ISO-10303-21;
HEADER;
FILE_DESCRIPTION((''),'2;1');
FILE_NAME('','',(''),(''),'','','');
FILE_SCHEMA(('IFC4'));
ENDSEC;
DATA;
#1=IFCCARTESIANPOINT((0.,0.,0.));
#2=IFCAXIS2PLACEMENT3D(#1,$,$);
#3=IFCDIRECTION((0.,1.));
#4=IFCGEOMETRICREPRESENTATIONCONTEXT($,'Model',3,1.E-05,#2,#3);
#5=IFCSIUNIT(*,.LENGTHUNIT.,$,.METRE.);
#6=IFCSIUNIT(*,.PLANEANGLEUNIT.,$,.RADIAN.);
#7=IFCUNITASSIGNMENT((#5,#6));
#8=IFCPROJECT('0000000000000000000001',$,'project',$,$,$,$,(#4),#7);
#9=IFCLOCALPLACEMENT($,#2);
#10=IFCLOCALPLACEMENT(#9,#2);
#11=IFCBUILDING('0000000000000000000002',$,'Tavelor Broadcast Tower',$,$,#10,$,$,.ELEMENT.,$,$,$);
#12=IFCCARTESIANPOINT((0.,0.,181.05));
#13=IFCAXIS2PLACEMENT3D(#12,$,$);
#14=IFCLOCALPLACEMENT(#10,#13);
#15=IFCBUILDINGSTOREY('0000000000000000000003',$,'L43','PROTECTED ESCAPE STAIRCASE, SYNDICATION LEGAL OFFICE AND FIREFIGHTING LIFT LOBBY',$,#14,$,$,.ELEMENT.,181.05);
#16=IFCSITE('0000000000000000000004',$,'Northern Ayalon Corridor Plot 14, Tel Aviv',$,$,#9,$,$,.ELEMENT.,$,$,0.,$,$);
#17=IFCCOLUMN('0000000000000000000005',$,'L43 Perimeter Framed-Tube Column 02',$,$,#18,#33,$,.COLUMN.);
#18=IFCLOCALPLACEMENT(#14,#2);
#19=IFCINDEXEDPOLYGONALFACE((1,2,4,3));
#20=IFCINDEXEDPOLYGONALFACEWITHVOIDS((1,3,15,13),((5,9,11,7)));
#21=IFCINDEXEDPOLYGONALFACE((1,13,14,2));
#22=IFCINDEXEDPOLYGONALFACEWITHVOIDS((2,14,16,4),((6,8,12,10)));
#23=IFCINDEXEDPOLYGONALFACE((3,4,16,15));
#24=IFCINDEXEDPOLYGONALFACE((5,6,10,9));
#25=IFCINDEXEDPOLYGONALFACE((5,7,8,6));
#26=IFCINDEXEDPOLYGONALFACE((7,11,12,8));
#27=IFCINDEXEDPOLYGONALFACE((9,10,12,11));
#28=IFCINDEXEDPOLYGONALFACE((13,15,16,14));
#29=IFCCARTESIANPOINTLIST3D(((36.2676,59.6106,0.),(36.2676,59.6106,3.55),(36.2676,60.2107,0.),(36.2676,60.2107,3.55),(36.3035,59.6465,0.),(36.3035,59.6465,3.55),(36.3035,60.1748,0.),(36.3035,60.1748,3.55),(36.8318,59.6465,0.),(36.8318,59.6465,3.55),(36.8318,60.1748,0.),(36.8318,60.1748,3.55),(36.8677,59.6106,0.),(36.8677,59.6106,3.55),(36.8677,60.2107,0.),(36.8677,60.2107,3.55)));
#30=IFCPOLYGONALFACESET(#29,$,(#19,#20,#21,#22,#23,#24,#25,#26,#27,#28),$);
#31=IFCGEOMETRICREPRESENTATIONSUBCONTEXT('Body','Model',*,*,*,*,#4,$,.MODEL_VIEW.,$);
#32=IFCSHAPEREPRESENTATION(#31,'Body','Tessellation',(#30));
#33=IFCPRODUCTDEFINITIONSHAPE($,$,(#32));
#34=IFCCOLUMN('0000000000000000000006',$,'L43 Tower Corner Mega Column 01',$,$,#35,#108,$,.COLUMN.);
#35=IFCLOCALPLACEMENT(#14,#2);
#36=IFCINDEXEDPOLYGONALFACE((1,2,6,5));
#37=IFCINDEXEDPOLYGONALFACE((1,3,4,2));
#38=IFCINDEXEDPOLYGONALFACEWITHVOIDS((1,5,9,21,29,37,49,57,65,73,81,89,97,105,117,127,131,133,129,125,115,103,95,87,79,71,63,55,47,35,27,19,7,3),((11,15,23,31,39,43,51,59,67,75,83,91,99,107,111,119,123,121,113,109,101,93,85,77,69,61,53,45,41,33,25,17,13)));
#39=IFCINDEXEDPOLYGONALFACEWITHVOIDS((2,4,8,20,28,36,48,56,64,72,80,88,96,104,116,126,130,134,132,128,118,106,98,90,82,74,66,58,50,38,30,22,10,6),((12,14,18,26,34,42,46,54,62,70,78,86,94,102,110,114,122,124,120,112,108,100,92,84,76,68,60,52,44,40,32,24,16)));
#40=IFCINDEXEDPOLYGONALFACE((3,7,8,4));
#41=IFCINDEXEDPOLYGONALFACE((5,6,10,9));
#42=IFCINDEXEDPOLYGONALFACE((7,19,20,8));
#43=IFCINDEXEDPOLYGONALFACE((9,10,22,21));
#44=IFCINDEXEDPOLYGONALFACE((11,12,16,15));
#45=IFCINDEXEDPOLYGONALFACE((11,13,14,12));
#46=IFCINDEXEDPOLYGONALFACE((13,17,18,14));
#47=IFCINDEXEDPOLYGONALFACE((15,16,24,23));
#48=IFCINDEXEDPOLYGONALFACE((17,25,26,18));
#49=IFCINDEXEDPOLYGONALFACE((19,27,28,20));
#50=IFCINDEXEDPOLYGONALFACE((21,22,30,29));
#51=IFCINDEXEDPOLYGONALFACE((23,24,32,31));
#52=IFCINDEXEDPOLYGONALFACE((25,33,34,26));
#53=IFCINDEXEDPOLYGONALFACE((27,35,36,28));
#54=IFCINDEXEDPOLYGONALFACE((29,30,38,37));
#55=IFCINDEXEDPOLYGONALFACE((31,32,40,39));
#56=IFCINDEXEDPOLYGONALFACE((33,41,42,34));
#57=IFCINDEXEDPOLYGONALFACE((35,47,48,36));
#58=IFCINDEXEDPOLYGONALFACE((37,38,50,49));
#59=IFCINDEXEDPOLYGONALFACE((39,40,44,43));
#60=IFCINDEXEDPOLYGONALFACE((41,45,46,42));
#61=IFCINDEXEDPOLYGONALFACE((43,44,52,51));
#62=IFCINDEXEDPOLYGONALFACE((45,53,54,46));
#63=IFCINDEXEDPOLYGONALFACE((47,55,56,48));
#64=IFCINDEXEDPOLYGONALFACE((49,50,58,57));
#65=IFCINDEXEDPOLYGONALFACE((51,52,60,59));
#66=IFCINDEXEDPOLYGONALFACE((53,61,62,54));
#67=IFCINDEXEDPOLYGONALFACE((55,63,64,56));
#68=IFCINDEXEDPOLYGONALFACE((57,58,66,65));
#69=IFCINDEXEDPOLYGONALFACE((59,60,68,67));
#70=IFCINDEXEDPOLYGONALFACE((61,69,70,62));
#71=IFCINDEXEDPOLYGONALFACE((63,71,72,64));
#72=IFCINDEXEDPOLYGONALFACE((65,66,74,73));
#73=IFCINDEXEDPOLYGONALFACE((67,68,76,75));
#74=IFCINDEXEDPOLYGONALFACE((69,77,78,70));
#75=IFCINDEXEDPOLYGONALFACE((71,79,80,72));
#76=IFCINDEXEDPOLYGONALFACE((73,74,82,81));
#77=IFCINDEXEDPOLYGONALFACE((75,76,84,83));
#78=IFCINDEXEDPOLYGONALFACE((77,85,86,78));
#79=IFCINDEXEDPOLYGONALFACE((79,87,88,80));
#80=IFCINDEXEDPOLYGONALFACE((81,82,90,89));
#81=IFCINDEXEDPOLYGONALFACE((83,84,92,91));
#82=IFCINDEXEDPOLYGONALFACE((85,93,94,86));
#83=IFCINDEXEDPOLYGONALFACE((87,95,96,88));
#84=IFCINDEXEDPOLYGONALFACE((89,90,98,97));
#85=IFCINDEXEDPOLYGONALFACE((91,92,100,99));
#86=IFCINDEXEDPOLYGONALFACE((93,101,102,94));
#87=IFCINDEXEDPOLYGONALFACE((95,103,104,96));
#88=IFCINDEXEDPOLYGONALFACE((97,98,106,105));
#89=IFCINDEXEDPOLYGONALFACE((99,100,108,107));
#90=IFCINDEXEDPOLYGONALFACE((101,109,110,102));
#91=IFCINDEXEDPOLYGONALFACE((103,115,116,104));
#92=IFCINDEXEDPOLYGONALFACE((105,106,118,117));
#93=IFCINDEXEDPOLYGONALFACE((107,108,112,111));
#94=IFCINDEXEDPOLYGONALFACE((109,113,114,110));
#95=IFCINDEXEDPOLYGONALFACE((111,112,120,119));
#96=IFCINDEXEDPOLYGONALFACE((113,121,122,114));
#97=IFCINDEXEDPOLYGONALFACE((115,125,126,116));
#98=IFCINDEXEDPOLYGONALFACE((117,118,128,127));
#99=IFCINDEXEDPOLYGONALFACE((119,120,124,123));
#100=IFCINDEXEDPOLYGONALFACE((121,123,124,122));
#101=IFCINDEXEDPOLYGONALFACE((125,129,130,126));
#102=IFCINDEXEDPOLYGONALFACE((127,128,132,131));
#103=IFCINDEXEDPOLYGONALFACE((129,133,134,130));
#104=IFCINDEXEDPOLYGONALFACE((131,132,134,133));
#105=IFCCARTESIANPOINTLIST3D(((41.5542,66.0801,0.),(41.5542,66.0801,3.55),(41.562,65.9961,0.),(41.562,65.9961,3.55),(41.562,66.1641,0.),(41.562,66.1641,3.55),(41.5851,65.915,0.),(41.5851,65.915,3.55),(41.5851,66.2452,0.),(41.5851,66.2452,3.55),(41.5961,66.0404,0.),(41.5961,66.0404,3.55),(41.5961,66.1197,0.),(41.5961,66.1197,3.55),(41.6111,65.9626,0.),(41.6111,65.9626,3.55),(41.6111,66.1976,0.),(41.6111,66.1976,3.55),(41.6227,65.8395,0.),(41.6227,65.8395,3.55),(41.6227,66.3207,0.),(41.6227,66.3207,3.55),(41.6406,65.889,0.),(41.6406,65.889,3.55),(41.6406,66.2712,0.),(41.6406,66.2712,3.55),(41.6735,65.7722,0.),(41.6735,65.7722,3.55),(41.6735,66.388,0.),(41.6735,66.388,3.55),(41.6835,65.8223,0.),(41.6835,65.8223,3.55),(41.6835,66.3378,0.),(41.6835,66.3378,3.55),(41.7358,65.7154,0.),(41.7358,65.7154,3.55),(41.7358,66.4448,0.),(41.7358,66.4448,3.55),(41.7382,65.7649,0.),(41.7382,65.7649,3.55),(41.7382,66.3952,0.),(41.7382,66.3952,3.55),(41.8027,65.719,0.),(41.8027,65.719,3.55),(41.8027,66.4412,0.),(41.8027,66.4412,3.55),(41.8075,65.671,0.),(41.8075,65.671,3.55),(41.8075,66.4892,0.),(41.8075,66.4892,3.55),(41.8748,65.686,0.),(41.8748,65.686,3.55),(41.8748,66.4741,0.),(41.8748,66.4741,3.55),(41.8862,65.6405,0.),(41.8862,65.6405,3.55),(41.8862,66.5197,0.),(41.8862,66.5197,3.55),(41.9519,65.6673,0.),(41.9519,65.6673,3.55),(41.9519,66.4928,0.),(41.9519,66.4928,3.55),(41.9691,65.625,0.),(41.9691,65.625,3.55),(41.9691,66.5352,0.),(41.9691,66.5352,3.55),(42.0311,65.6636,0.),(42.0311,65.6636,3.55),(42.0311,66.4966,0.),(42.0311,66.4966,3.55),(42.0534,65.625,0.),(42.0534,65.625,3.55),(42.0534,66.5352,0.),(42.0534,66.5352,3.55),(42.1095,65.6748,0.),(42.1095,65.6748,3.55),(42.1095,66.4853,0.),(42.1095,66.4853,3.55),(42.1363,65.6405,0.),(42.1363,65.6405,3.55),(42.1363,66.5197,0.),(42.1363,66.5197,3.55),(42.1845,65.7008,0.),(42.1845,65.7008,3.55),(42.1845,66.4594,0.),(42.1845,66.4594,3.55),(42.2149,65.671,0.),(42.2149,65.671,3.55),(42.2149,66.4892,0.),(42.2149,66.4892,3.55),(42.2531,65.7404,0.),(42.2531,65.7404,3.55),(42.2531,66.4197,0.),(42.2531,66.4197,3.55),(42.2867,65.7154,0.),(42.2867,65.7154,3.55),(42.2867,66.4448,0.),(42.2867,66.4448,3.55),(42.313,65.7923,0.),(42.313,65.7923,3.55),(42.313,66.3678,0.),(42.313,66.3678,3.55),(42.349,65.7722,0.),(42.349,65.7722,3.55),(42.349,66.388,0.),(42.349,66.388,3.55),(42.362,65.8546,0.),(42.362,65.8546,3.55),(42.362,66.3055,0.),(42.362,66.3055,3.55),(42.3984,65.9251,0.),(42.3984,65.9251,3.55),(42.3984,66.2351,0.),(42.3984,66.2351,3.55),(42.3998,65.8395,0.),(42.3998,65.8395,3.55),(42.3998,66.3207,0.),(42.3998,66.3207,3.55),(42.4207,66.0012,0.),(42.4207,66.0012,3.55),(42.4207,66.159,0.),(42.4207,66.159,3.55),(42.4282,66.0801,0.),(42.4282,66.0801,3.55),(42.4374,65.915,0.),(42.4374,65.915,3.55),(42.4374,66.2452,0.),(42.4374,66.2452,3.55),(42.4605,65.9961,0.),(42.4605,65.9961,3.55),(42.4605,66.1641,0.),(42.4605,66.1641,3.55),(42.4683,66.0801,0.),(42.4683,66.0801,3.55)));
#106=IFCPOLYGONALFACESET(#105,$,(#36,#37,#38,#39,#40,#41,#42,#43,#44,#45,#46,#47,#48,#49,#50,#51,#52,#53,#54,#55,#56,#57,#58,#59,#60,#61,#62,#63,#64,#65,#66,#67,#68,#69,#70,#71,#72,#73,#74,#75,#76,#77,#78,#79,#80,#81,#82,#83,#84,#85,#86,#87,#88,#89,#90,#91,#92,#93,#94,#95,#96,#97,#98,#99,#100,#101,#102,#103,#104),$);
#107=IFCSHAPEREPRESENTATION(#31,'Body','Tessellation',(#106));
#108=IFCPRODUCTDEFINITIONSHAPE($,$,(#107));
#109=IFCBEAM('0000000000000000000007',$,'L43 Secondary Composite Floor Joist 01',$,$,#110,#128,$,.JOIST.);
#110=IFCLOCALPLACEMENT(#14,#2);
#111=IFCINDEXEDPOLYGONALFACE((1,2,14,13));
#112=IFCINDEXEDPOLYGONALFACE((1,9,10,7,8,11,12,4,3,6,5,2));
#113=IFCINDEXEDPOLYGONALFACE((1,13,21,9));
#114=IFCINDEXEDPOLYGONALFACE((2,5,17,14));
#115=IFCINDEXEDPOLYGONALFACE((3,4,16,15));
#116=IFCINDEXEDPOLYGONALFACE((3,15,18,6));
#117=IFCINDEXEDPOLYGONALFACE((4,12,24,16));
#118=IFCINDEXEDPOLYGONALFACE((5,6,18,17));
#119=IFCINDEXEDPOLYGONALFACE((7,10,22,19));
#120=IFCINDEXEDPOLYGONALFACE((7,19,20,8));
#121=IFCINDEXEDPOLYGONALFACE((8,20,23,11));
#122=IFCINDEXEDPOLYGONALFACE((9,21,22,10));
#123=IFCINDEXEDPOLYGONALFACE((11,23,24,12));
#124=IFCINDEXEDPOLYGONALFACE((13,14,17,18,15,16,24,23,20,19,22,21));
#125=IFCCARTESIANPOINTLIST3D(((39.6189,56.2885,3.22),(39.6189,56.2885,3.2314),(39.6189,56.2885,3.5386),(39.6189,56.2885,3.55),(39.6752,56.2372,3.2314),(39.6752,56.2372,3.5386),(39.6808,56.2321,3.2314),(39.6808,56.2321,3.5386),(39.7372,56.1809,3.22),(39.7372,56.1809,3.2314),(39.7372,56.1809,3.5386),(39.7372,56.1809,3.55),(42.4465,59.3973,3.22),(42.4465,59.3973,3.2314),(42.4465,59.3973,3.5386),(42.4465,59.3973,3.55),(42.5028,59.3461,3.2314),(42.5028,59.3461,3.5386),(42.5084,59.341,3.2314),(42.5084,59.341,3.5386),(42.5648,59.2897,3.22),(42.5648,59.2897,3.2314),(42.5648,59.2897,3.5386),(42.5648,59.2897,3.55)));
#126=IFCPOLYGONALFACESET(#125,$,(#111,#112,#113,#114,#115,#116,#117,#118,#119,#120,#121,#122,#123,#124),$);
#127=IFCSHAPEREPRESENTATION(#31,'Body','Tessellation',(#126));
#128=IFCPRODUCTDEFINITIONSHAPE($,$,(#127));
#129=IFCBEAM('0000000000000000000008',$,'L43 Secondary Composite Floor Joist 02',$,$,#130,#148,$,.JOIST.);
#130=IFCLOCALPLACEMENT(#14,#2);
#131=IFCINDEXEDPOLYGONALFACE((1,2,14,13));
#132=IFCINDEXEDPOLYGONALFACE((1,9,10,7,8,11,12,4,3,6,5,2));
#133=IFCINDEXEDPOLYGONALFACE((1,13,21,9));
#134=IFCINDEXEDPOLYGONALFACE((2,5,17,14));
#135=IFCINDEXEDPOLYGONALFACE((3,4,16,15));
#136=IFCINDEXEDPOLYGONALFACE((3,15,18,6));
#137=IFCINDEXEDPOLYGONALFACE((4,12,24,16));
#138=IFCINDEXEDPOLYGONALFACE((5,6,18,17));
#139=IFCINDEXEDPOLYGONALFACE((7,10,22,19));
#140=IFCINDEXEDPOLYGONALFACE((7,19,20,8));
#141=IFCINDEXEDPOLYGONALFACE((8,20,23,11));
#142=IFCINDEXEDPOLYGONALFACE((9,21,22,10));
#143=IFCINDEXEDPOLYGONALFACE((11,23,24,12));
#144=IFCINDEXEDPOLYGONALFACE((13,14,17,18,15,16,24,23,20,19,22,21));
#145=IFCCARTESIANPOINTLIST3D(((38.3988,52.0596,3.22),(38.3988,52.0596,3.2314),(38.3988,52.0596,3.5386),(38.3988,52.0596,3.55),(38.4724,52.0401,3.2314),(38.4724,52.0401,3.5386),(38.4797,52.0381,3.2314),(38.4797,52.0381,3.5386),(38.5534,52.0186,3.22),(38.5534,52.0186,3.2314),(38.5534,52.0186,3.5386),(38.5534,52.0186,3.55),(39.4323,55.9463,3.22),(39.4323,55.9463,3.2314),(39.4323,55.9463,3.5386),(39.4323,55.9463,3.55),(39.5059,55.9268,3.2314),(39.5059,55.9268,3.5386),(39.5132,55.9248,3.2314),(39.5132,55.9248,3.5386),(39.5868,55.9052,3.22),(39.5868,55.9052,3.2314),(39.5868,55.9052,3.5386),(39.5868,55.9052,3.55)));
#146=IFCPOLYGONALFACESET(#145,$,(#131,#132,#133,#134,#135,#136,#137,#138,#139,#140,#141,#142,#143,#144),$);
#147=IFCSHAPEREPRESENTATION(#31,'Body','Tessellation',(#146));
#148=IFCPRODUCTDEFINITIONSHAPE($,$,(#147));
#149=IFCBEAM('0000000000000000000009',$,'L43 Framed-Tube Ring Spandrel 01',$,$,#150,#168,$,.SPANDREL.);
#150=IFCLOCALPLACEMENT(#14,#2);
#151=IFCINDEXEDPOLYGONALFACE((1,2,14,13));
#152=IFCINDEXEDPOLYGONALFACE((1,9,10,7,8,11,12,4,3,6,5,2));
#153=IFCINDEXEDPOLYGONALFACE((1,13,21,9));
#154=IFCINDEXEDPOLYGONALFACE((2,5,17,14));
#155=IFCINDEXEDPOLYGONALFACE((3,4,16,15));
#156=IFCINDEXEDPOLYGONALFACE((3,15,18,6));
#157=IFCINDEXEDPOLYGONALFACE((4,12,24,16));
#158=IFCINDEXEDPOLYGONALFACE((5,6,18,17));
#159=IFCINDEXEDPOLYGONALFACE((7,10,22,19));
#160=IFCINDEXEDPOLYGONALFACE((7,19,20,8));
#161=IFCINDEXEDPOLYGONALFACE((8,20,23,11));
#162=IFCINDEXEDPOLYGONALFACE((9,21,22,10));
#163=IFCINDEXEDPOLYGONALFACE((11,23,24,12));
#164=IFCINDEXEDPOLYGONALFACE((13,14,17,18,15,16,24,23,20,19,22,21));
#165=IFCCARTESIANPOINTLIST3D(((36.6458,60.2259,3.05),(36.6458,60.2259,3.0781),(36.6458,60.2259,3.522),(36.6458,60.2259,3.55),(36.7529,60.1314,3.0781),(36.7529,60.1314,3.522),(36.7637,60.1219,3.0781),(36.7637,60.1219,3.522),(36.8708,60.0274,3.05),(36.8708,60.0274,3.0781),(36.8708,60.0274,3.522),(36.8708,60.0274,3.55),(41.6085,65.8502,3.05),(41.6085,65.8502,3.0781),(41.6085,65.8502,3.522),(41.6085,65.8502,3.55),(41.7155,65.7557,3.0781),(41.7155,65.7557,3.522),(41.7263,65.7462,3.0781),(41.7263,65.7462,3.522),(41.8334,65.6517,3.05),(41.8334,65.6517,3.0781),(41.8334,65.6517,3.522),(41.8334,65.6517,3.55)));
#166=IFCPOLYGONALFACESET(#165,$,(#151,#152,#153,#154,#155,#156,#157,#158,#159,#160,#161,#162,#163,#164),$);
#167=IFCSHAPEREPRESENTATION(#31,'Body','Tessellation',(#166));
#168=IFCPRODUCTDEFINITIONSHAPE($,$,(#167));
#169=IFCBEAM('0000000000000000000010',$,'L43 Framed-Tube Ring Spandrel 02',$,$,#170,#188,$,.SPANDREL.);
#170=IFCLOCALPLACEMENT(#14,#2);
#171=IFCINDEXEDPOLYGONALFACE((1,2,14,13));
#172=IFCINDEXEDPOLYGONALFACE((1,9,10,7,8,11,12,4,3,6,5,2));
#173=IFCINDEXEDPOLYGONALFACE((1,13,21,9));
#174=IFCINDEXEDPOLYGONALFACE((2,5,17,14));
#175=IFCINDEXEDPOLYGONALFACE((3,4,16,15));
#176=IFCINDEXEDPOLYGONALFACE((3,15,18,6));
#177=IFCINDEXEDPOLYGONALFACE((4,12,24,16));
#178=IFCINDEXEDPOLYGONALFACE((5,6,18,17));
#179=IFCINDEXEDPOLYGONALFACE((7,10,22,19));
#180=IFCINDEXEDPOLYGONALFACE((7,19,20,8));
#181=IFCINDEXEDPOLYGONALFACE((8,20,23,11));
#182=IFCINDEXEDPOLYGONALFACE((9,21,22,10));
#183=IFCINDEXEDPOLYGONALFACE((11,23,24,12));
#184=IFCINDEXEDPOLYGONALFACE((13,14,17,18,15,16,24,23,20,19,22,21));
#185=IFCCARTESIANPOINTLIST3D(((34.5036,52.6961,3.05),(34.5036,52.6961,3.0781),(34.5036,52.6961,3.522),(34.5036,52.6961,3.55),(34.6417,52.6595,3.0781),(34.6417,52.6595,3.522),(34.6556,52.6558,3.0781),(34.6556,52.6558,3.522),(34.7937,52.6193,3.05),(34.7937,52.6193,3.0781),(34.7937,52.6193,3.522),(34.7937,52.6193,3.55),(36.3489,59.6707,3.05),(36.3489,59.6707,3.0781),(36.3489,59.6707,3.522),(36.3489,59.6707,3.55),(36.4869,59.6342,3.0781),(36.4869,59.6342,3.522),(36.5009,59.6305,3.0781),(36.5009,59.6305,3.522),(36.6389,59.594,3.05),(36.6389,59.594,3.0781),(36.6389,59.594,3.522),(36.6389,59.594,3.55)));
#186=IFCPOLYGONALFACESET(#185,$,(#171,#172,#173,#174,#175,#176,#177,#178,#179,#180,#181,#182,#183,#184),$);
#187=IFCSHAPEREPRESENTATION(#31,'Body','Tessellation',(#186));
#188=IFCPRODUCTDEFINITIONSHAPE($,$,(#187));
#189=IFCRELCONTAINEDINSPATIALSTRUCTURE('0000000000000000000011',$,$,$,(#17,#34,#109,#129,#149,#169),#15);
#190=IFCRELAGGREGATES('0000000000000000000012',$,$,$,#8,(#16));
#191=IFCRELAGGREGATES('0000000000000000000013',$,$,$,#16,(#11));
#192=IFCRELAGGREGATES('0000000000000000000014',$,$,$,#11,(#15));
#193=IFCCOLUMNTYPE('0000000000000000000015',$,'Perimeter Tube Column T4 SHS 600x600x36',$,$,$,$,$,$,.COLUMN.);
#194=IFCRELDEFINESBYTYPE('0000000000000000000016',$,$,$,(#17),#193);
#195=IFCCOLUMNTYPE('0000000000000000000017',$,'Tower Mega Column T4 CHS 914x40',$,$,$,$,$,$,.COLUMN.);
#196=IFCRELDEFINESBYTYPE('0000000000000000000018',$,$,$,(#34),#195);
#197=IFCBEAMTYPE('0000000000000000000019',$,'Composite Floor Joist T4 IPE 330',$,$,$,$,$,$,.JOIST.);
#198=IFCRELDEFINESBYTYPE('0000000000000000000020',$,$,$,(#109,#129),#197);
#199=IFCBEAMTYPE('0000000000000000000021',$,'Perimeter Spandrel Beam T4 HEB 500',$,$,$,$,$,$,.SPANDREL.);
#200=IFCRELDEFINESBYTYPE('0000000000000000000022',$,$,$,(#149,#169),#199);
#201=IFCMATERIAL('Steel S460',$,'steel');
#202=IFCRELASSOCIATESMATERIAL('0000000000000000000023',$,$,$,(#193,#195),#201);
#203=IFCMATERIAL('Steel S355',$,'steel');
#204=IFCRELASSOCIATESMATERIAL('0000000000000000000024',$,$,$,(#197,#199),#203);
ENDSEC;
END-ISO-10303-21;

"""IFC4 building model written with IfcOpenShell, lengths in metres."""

from ifc_helpers import new_model, si_unit, direction, frame, origin, origin_2d, place, context, subcontext, project, spatial, hollow_rectangle, hollow_circle, i_section, extrude, material, material_profile, profile_set, type_object, element, save


model = new_model("IFC4")

# Units and contexts
model_context = context("Model", 3, precision=1e-05, world=origin(), true_north=direction((0.0, 1.0)))
body_context = subcontext(model_context, "Body", "Model", "MODEL_VIEW")
ifc_project = project(units=[si_unit("LENGTHUNIT", "METRE"), si_unit("PLANEANGLEUNIT", "RADIAN")], contexts=[model_context])

# Site, building, storey
site_placement = place(None, origin())
site = spatial("IfcSite", under=ifc_project, at=site_placement, Name="Northern Ayalon Corridor Plot 14, Tel Aviv", CompositionType="ELEMENT", RefElevation=0.0)
building_placement = place(site_placement, origin())
building = spatial("IfcBuilding", under=site, at=building_placement, Name="Tavelor Broadcast Tower", CompositionType="ELEMENT")
storey_placement = place(building_placement, frame((0.0, 0.0, 181.05)))
storey = spatial("IfcBuildingStorey", under=building, at=storey_placement, Name="L43", Description="PROTECTED ESCAPE STAIRCASE, SYNDICATION LEGAL OFFICE AND FIREFIGHTING LIFT LOBBY", CompositionType="ELEMENT", Elevation=181.05)

# Columns
ifc_material_1 = material(Name="Steel S460", Category="steel")
ifc_material_profile_1 = material_profile(ifc_material_1, hollow_rectangle(XDim=0.6001, YDim=0.6001, WallThickness=0.0359, at=origin_2d()), Name="SHS 600x600x36")
ifc_profile_set_1 = profile_set([ifc_material_profile_1], Name="Steel S460")
column_type_1 = type_object("IfcColumnType", Name="Perimeter Tube Column T4 SHS 600x600x36", PredefinedType="COLUMN", material=ifc_profile_set_1)
column_1_placement = place(storey_placement, frame((36.5676, 59.9106, 0.0), z_axis=(0.0, 0.0, 1.0), x_axis=(1.0, 0.0, 0.0)))
element("IfcColumn", 1, at=column_1_placement, inside=storey, type_object=column_type_1, Name="L43 Perimeter Framed-Tube Column 02", PredefinedType="COLUMN", context=body_context, shape_type="SweptSolid", body=[
    extrude(hollow_rectangle(XDim=0.6001, YDim=0.6001, WallThickness=0.0359, at=origin_2d()), origin(), (0.0, 0.0, 1.0), 3.55),
])
ifc_material_profile_2 = material_profile(ifc_material_1, hollow_circle(Radius=0.457, WallThickness=0.04, at=origin_2d()), Name="CHS 914x40")
ifc_profile_set_2 = profile_set([ifc_material_profile_2], Name="Steel S460")
column_type_2 = type_object("IfcColumnType", Name="Tower Mega Column T4 CHS 914x40", PredefinedType="COLUMN", material=ifc_profile_set_2)
column_2_placement = place(storey_placement, frame((42.0112, 66.0801, 0.0), z_axis=(0.0, 0.0, 1.0), x_axis=(1.0, 0.0, 0.0)))
element("IfcColumn", 2, at=column_2_placement, inside=storey, type_object=column_type_2, Name="L43 Tower Corner Mega Column 01", PredefinedType="COLUMN", context=body_context, shape_type="SweptSolid", body=[
    extrude(hollow_circle(Radius=0.457, WallThickness=0.04, at=origin_2d()), origin(), (0.0, 0.0, 1.0), 3.55),
])

# Beams
ifc_material_2 = material(Name="Steel S355", Category="steel")
ifc_material_profile_3 = material_profile(ifc_material_2, i_section(OverallWidth=0.1599, OverallDepth=0.3301, WebThickness=0.0076, FlangeThickness=0.0115, at=origin_2d()), Name="IPE 330")
ifc_profile_set_3 = profile_set([ifc_material_profile_3], Name="Steel S355")
beam_type_1 = type_object("IfcBeamType", Name="Composite Floor Joist T4 IPE 330", PredefinedType="JOIST", material=ifc_profile_set_3)
beam_1_placement = place(storey_placement, frame((42.5056, 59.3435, 3.385), z_axis=(-0.672852, -0.739777, 0.0), x_axis=(0.739777, -0.672852, 0.0)))
element("IfcBeam", 3, at=beam_1_placement, inside=storey, type_object=beam_type_1, Name="L43 Secondary Composite Floor Joist 01", PredefinedType="JOIST", context=body_context, shape_type="SweptSolid", body=[
    extrude(i_section(OverallWidth=0.1599, OverallDepth=0.3301, WebThickness=0.0076, FlangeThickness=0.0115, at=origin_2d()), origin(), (0.0, 0.0, 1.0), 4.2024),
])
beam_2_placement = place(storey_placement, frame((39.5095, 55.9258, 3.385), z_axis=(-0.256964, -0.966421, 0.0), x_axis=(0.966421, -0.256964, 0.0)))
element("IfcBeam", 4, at=beam_2_placement, inside=storey, type_object=beam_type_1, Name="L43 Secondary Composite Floor Joist 02", PredefinedType="JOIST", context=body_context, shape_type="SweptSolid", body=[
    extrude(i_section(OverallWidth=0.1599, OverallDepth=0.3301, WebThickness=0.0076, FlangeThickness=0.0115, at=origin_2d()), origin(), (0.0, 0.0, 1.0), 4.0217),
])
ifc_material_profile_4 = material_profile(ifc_material_2, i_section(OverallWidth=0.3, OverallDepth=0.5, WebThickness=0.0144, FlangeThickness=0.0281, at=origin_2d()), Name="HEB 500")
ifc_profile_set_4 = profile_set([ifc_material_profile_4], Name="Steel S355")
beam_type_2 = type_object("IfcBeamType", Name="Perimeter Spandrel Beam T4 HEB 500", PredefinedType="SPANDREL", material=ifc_profile_set_4)
beam_3_placement = place(storey_placement, frame((41.7209, 65.751, 3.3), z_axis=(-0.661626, -0.749834, 0.0), x_axis=(0.749834, -0.661626, 0.0)))
element("IfcBeam", 5, at=beam_3_placement, inside=storey, type_object=beam_type_2, Name="L43 Framed-Tube Ring Spandrel 01", PredefinedType="SPANDREL", context=body_context, shape_type="SweptSolid", body=[
    extrude(i_section(OverallWidth=0.3, OverallDepth=0.5, WebThickness=0.0144, FlangeThickness=0.0281, at=origin_2d()), origin(), (0.0, 0.0, 1.0), 7.5007),
])
beam_4_placement = place(storey_placement, frame((36.4939, 59.6323, 3.3), z_axis=(-0.255762, -0.96674, 0.0), x_axis=(0.96674, -0.255762, 0.0)))
element("IfcBeam", 6, at=beam_4_placement, inside=storey, type_object=beam_type_2, Name="L43 Framed-Tube Ring Spandrel 02", PredefinedType="SPANDREL", context=body_context, shape_type="SweptSolid", body=[
    extrude(i_section(OverallWidth=0.3, OverallDepth=0.5, WebThickness=0.0144, FlangeThickness=0.0281, at=origin_2d()), origin(), (0.0, 0.0, 1.0), 7.2146),
])

save(model, "model.ifc")
